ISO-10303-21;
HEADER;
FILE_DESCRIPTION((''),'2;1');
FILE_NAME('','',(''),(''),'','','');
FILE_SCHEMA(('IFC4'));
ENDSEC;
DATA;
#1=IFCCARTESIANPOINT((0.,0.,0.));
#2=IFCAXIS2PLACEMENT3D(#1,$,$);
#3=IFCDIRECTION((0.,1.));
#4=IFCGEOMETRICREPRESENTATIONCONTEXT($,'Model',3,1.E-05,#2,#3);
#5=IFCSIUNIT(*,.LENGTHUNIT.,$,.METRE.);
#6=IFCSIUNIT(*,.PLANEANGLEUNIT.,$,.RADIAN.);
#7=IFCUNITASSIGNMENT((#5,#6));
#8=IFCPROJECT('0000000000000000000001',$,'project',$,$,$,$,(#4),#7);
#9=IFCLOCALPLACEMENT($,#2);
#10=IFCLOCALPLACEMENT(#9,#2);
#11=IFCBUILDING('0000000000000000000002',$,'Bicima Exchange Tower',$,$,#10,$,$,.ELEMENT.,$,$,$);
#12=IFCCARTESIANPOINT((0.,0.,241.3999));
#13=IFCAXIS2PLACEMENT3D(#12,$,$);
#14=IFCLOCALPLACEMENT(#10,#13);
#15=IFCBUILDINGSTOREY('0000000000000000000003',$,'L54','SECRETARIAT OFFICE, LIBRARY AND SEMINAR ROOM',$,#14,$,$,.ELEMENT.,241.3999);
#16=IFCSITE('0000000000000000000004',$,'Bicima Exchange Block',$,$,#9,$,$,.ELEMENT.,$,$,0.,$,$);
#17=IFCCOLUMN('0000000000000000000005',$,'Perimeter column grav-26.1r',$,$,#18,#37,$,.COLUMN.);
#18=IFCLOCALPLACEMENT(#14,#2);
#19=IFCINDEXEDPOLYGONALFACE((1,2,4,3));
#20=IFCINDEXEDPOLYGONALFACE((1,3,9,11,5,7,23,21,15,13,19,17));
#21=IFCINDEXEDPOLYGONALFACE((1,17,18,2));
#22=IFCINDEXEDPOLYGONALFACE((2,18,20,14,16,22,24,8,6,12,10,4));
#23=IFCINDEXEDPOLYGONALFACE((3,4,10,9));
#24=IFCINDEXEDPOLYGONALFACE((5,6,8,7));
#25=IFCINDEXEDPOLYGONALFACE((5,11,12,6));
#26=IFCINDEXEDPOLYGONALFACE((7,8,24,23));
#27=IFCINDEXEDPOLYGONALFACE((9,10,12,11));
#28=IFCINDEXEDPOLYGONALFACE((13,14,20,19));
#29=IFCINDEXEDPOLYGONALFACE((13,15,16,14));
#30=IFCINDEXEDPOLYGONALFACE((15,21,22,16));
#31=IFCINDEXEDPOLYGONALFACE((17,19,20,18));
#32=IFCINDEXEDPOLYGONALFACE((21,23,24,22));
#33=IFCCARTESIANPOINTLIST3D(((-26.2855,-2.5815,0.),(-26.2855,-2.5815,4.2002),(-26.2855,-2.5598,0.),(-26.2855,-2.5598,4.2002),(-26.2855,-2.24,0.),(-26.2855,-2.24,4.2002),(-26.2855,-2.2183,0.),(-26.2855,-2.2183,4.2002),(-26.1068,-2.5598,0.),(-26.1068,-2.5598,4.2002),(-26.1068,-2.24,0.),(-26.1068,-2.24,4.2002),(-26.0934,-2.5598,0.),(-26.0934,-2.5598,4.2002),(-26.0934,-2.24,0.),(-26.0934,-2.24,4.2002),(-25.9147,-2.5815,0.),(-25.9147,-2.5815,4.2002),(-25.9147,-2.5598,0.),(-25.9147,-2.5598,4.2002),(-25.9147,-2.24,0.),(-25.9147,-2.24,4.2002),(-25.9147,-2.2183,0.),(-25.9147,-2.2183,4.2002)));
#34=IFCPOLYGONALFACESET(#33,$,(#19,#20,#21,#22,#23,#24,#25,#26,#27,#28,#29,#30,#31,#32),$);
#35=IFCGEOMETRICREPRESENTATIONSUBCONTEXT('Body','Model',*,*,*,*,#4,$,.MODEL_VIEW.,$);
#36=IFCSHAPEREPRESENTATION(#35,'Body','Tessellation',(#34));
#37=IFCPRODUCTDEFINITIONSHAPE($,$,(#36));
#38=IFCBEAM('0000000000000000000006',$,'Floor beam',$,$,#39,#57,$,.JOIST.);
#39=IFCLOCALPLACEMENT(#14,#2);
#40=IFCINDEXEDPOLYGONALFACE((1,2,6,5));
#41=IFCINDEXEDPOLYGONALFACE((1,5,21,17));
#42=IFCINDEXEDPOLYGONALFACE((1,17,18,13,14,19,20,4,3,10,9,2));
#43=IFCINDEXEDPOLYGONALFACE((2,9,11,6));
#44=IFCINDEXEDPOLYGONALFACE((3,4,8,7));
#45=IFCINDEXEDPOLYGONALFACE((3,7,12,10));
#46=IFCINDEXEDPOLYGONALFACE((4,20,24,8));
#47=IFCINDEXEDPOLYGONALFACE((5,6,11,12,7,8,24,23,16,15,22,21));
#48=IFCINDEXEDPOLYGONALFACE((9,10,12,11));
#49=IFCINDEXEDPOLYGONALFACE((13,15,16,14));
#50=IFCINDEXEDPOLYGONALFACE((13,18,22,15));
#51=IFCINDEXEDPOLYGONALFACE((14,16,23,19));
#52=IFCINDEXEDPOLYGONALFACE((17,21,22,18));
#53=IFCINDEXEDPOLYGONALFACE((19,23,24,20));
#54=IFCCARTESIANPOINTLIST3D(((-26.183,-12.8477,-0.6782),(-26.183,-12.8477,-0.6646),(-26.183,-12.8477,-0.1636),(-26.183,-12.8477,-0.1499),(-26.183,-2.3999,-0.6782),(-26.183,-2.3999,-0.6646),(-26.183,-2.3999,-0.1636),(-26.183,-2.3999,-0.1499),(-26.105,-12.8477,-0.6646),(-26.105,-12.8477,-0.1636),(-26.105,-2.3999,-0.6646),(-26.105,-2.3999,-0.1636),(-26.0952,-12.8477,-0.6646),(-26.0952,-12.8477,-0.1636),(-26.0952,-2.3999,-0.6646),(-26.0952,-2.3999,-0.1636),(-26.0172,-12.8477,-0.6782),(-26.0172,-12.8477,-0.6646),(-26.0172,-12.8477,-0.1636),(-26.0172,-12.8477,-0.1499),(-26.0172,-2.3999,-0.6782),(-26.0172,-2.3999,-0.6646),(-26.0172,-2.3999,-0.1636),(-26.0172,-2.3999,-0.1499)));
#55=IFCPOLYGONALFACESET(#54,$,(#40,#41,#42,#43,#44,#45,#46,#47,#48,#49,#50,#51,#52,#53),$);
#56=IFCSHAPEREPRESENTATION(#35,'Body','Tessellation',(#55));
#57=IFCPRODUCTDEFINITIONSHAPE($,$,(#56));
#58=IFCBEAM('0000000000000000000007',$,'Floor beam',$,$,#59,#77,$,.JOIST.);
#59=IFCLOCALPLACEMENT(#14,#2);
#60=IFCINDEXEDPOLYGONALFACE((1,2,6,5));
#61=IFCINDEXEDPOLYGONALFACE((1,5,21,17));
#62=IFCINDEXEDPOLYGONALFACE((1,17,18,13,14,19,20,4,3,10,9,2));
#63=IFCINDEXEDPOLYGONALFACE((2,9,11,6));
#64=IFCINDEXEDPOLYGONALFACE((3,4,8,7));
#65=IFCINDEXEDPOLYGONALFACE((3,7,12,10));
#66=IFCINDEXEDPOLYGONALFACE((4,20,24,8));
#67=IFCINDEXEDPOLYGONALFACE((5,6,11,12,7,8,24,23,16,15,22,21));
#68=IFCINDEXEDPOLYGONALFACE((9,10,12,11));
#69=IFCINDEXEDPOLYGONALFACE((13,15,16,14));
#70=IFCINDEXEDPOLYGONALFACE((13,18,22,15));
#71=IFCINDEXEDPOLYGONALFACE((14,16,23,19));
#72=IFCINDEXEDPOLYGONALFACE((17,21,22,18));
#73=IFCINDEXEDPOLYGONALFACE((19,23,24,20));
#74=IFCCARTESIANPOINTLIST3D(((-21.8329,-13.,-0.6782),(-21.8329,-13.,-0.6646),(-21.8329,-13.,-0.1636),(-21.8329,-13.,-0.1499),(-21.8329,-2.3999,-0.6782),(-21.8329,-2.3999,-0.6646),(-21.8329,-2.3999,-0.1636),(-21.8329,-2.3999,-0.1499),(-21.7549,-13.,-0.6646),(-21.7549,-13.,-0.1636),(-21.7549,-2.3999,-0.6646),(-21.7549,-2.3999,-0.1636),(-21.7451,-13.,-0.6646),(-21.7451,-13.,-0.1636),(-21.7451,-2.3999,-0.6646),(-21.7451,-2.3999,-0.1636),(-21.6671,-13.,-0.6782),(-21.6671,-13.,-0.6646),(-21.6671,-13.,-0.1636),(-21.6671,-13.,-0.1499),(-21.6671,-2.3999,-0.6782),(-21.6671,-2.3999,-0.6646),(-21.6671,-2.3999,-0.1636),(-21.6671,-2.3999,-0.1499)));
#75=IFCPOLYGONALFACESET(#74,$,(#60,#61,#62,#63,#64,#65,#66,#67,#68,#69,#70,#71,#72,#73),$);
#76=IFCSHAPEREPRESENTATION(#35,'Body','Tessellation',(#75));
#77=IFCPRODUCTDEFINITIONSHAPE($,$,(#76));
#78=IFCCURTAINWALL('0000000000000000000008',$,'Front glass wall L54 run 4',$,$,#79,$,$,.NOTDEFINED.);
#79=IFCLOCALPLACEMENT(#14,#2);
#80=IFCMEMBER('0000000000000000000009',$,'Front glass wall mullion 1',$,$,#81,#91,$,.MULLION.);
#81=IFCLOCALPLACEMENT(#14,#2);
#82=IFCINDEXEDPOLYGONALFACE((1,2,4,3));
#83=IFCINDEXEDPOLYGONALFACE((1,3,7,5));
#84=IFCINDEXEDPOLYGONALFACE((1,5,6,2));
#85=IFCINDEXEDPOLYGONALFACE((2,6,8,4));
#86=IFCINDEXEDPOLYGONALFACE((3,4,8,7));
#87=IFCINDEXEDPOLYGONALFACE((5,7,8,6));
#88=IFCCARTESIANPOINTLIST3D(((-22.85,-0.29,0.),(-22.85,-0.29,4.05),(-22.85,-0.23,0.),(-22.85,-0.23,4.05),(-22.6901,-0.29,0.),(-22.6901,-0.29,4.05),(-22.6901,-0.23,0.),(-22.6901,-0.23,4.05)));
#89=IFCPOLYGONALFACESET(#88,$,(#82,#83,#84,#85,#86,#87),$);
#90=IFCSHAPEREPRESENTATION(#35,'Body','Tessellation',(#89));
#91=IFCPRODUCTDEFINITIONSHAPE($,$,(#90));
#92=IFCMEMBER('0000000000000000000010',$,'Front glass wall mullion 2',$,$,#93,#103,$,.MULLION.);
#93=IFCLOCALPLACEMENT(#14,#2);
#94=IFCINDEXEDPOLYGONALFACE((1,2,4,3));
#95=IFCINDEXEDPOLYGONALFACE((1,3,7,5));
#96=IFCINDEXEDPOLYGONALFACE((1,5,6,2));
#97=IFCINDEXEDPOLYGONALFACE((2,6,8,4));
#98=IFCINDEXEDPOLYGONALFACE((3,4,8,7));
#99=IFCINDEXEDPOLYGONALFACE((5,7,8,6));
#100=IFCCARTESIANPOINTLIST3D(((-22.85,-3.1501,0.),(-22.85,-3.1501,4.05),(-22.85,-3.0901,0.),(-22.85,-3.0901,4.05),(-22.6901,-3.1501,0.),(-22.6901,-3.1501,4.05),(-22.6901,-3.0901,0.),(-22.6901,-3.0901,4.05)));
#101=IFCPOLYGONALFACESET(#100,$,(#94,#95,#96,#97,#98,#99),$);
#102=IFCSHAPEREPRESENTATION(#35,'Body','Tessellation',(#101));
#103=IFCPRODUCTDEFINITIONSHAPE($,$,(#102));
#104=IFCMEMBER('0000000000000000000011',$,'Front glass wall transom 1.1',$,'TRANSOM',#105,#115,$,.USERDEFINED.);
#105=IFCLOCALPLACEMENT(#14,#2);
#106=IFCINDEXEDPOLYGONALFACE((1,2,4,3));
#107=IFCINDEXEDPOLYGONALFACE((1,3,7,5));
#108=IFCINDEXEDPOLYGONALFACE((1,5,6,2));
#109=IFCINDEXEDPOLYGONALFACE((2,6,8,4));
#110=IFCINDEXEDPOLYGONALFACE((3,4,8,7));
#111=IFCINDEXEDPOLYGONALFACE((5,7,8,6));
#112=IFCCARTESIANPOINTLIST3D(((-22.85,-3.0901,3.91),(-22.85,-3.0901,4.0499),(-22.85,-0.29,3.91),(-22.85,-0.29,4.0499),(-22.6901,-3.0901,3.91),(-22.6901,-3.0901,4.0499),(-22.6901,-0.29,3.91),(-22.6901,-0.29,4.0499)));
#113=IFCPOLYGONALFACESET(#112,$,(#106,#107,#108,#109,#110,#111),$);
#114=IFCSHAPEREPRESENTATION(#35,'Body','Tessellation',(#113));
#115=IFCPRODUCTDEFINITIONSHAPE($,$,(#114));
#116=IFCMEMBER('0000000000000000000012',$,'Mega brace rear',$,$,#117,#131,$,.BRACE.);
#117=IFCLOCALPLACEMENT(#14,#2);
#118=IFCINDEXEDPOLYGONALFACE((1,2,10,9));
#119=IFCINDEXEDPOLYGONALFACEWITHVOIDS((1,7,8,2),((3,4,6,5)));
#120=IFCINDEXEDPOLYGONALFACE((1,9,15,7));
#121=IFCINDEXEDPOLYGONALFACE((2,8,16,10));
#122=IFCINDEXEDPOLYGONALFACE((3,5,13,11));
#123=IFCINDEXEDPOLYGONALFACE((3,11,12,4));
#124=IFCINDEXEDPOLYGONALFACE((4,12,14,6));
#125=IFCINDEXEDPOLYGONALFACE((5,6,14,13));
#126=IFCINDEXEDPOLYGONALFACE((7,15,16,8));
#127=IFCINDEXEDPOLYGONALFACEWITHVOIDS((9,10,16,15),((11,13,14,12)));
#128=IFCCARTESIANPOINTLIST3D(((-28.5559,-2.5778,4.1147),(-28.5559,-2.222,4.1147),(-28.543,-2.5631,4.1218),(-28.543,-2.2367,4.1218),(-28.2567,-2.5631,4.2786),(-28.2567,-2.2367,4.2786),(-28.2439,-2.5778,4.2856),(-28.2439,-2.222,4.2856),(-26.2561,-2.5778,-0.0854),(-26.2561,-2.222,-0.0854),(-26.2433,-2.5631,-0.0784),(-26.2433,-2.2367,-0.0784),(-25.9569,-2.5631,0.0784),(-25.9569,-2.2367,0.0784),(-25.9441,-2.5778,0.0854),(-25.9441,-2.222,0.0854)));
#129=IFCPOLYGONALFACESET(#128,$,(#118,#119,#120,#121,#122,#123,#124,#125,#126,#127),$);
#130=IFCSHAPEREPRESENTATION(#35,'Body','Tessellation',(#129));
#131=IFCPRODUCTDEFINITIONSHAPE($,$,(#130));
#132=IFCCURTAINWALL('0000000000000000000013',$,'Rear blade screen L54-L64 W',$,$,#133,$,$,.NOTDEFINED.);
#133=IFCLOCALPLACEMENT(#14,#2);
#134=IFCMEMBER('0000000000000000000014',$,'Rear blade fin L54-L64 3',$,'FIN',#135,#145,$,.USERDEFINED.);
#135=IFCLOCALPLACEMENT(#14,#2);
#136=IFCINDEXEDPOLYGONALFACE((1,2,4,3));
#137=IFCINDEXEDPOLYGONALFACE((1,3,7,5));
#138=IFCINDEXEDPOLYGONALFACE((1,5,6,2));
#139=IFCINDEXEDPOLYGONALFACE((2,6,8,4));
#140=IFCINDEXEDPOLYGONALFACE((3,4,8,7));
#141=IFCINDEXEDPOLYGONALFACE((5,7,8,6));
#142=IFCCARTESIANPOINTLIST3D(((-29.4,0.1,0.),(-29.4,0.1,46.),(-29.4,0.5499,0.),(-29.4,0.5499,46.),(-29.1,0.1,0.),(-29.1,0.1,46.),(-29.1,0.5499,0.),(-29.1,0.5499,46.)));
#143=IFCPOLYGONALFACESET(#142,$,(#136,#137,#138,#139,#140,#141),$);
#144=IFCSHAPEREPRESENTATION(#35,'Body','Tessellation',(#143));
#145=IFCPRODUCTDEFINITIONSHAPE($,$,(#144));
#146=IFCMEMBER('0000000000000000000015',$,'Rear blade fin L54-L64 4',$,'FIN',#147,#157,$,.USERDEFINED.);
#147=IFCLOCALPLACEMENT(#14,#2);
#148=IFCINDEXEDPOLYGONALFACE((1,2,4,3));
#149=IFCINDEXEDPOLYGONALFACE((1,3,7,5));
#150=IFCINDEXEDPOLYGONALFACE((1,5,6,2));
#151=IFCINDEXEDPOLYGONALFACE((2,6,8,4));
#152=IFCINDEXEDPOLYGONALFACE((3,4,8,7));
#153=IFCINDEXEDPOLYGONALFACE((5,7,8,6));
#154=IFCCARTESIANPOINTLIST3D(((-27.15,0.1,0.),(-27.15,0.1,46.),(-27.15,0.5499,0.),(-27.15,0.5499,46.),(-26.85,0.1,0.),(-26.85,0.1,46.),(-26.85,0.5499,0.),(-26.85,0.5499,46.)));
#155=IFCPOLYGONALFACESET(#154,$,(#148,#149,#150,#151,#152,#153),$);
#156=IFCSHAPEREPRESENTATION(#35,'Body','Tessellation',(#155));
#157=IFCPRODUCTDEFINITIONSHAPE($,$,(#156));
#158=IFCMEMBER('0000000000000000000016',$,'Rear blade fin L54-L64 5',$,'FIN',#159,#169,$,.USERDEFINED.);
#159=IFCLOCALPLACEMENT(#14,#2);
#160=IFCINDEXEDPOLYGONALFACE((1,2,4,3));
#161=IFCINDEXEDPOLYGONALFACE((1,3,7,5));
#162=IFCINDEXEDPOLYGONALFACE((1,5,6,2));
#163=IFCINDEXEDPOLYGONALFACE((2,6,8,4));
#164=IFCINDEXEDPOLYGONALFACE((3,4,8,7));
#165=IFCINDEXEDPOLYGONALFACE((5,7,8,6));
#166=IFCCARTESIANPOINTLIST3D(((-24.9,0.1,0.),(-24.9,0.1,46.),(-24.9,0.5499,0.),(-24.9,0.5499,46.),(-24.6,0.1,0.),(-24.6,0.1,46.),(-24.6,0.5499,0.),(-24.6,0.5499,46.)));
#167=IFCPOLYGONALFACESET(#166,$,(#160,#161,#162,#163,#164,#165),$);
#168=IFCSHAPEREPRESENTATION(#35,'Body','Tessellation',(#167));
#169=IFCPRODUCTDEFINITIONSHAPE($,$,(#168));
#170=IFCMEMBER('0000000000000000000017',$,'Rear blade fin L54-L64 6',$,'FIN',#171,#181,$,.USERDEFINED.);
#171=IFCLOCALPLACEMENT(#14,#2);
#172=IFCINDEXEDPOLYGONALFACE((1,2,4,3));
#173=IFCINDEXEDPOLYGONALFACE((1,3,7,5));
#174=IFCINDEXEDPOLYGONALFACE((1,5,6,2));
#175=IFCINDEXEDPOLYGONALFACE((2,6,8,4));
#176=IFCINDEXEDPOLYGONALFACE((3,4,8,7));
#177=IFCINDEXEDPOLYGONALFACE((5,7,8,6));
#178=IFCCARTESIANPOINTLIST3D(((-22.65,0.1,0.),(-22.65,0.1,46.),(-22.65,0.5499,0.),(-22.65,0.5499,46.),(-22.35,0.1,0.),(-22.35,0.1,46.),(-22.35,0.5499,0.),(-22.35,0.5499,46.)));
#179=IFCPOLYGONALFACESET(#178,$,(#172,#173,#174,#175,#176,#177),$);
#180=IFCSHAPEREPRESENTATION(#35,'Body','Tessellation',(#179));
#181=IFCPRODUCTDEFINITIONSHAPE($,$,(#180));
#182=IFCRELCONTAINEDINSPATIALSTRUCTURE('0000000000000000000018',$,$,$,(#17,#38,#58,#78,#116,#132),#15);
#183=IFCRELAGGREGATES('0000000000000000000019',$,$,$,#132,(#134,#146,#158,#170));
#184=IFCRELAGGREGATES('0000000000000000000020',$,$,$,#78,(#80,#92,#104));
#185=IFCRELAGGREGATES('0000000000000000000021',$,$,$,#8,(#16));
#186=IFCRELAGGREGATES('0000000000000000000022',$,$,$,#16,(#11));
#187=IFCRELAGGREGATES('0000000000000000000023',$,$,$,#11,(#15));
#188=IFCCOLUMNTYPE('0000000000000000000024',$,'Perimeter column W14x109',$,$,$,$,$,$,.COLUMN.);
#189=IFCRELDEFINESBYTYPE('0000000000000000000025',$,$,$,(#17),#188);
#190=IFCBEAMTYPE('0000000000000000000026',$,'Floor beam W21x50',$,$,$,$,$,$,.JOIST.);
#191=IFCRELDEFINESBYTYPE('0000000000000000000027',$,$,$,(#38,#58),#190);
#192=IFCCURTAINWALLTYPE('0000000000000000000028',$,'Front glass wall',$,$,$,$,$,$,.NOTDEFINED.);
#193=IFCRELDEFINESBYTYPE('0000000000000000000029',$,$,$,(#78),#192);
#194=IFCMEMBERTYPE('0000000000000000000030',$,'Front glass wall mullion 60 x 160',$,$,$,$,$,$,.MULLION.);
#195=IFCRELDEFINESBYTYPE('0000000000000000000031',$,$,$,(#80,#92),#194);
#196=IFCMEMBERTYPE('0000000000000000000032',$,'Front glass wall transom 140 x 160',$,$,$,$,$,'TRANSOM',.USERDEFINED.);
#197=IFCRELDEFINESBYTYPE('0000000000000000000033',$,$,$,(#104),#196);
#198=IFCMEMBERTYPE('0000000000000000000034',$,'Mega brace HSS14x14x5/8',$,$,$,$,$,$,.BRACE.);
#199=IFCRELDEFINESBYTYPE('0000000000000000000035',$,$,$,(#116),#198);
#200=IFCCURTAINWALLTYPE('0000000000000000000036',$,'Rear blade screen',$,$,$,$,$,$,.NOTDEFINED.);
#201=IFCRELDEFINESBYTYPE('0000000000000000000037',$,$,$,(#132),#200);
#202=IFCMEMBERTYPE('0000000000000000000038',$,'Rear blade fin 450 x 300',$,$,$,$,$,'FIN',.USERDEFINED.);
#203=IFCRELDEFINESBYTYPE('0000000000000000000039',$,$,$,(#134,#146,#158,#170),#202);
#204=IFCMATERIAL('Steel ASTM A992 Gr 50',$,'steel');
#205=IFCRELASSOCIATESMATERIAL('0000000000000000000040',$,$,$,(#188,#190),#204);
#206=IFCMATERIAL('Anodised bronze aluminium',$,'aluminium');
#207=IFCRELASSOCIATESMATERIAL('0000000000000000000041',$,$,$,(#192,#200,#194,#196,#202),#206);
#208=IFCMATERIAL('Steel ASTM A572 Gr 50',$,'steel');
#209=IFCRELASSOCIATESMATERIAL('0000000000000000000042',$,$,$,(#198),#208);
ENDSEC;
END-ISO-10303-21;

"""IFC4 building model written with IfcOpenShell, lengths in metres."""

from ifc_helpers import new_model, si_unit, direction, frame, origin, origin_2d, place, context, subcontext, project, spatial, rectangle, hollow_rectangle, i_section, extrude, material, material_profile, profile_set, type_object, element, aggregate, save


model = new_model("IFC4")

# Units and contexts
model_context = context("Model", 3, precision=1e-05, world=origin(), true_north=direction((0.0, 1.0)))
body_context = subcontext(model_context, "Body", "Model", "MODEL_VIEW")
ifc_project = project(units=[si_unit("LENGTHUNIT", "METRE"), si_unit("PLANEANGLEUNIT", "RADIAN")], contexts=[model_context])

# Site, building, storey
site_placement = place(None, origin())
site = spatial("IfcSite", under=ifc_project, at=site_placement, Name="Bicima Exchange Block", CompositionType="ELEMENT", RefElevation=0.0)
building_placement = place(site_placement, origin())
building = spatial("IfcBuilding", under=site, at=building_placement, Name="Bicima Exchange Tower", CompositionType="ELEMENT")
storey_placement = place(building_placement, frame((0.0, 0.0, 241.3999)))
storey = spatial("IfcBuildingStorey", under=building, at=storey_placement, Name="L54", Description="SECRETARIAT OFFICE, LIBRARY AND SEMINAR ROOM", CompositionType="ELEMENT", Elevation=241.3999)

# Column
ifc_material_1 = material(Name="Steel ASTM A992 Gr 50", Category="steel")
ifc_material_profile_1 = material_profile(ifc_material_1, i_section(OverallWidth=0.3708, OverallDepth=0.3633, WebThickness=0.0134, FlangeThickness=0.0217, at=origin_2d()))
ifc_profile_set_1 = profile_set([ifc_material_profile_1], Name="Steel ASTM A992 Gr 50")
column_type = type_object("IfcColumnType", Name="Perimeter column W14x109", PredefinedType="COLUMN", material=ifc_profile_set_1)
column_placement = place(storey_placement, frame((-26.1001, -2.3999, 0.0), z_axis=(0.0, 0.0, 1.0), x_axis=(1.0, 0.0, 0.0)))
element("IfcColumn", 1, at=column_placement, inside=storey, type_object=column_type, Name="Perimeter column grav-26.1r", PredefinedType="COLUMN", context=body_context, shape_type="SweptSolid", body=[
    extrude(i_section(OverallWidth=0.3708, OverallDepth=0.3633, WebThickness=0.0134, FlangeThickness=0.0217, at=origin_2d()), origin(), (0.0, 0.0, 1.0), 4.2002),
])

# Beams
ifc_material_profile_2 = material_profile(ifc_material_1, i_section(OverallWidth=0.1658, OverallDepth=0.5283, WebThickness=0.0098, FlangeThickness=0.0137, at=origin_2d()))
ifc_profile_set_2 = profile_set([ifc_material_profile_2], Name="Steel ASTM A992 Gr 50")
beam_type = type_object("IfcBeamType", Name="Floor beam W21x50", PredefinedType="JOIST", material=ifc_profile_set_2)
beam_1_placement = place(storey_placement, frame((-26.1001, -2.3999, -0.4141), z_axis=(0.0, -1.0, 0.0), x_axis=(1.0, 0.0, 0.0)))
element("IfcBeam", 2, at=beam_1_placement, inside=storey, type_object=beam_type, Name="Floor beam", PredefinedType="JOIST", context=body_context, shape_type="SweptSolid", body=[
    extrude(i_section(OverallWidth=0.1658, OverallDepth=0.5283, WebThickness=0.0098, FlangeThickness=0.0137, at=origin_2d()), origin(), (0.0, 0.0, 1.0), 10.4478),
])
beam_2_placement = place(storey_placement, frame((-21.75, -2.3999, -0.4141), z_axis=(0.0, -1.0, 0.0), x_axis=(1.0, 0.0, 0.0)))
element("IfcBeam", 3, at=beam_2_placement, inside=storey, type_object=beam_type, Name="Floor beam", PredefinedType="JOIST", context=body_context, shape_type="SweptSolid", body=[
    extrude(i_section(OverallWidth=0.1658, OverallDepth=0.5283, WebThickness=0.0098, FlangeThickness=0.0137, at=origin_2d()), origin(), (0.0, 0.0, 1.0), 10.6001),
])

# Curtain wall, members
ifc_material_2 = material(Name="Anodised bronze aluminium", Category="aluminium")
curtain_wall_type_1 = type_object("IfcCurtainWallType", Name="Front glass wall", PredefinedType="NOTDEFINED", material=ifc_material_2)
curtain_wall_1_placement = place(storey_placement, origin())
curtain_wall_1 = element("IfcCurtainWall", 4, at=curtain_wall_1_placement, inside=storey, type_object=curtain_wall_type_1, Name="Front glass wall L54 run 4", PredefinedType="NOTDEFINED")
ifc_material_profile_3 = material_profile(ifc_material_2, rectangle(XDim=0.1599, YDim=0.0601, at=origin_2d()))
ifc_profile_set_3 = profile_set([ifc_material_profile_3], Name="Anodised bronze aluminium")
member_type_1 = type_object("IfcMemberType", Name="Front glass wall mullion 60 x 160", PredefinedType="MULLION", material=ifc_profile_set_3)
member_1_placement = place(storey_placement, frame((-22.77, -0.26, 0.0), z_axis=(0.0, 0.0, 1.0), x_axis=(1.0, 0.0, 0.0)))
member_1 = element("IfcMember", 5, at=member_1_placement, type_object=member_type_1, Name="Front glass wall mullion 1", PredefinedType="MULLION", context=body_context, shape_type="SweptSolid", body=[
    extrude(rectangle(XDim=0.1599, YDim=0.0601, at=origin_2d()), origin(), (0.0, 0.0, 1.0), 4.05),
])
member_2_placement = place(storey_placement, frame((-22.77, -3.1201, 0.0), z_axis=(0.0, 0.0, 1.0), x_axis=(1.0, 0.0, 0.0)))
member_2 = element("IfcMember", 6, at=member_2_placement, type_object=member_type_1, Name="Front glass wall mullion 2", PredefinedType="MULLION", context=body_context, shape_type="SweptSolid", body=[
    extrude(rectangle(XDim=0.1599, YDim=0.0601, at=origin_2d()), origin(), (0.0, 0.0, 1.0), 4.05),
])
ifc_material_profile_4 = material_profile(ifc_material_2, rectangle(XDim=0.1599, YDim=0.1399, at=origin_2d()))
ifc_profile_set_4 = profile_set([ifc_material_profile_4], Name="Anodised bronze aluminium")
member_type_2 = type_object("IfcMemberType", Name="Front glass wall transom 140 x 160", ElementType="TRANSOM", PredefinedType="USERDEFINED", material=ifc_profile_set_4)
member_3_placement = place(storey_placement, frame((-22.77, -0.29, 3.98), z_axis=(0.0, -1.0, 0.0), x_axis=(1.0, 0.0, 0.0)))
member_3 = element("IfcMember", 7, at=member_3_placement, type_object=member_type_2, Name="Front glass wall transom 1.1", ObjectType="TRANSOM", PredefinedType="USERDEFINED", context=body_context, shape_type="SweptSolid", body=[
    extrude(rectangle(XDim=0.1599, YDim=0.1399, at=origin_2d()), origin(), (0.0, 0.0, 1.0), 2.8),
])

# Member
ifc_material_3 = material(Name="Steel ASTM A572 Gr 50", Category="steel")
ifc_material_profile_5 = material_profile(ifc_material_3, hollow_rectangle(XDim=0.3557, YDim=0.3557, WallThickness=0.0146, at=origin_2d()))
ifc_profile_set_5 = profile_set([ifc_material_profile_5], Name="Steel ASTM A572 Gr 50")
member_type_3 = type_object("IfcMemberType", Name="Mega brace HSS14x14x5/8", PredefinedType="BRACE", material=ifc_profile_set_5)
member_4_placement = place(storey_placement, frame((-26.1001, -2.3999, 0.0), z_axis=(-0.480266, 0.0, 0.877123), x_axis=(0.0, -1.0, 0.0)))
element("IfcMember", 8, at=member_4_placement, inside=storey, type_object=member_type_3, Name="Mega brace rear", PredefinedType="BRACE", context=body_context, shape_type="SweptSolid", body=[
    extrude(hollow_rectangle(XDim=0.3557, YDim=0.3557, WallThickness=0.0146, at=origin_2d()), origin(), (0.0, 0.0, 1.0), 4.7886),
])

# Curtain wall, members
curtain_wall_type_2 = type_object("IfcCurtainWallType", Name="Rear blade screen", PredefinedType="NOTDEFINED", material=ifc_material_2)
curtain_wall_2_placement = place(storey_placement, origin())
curtain_wall_2 = element("IfcCurtainWall", 9, at=curtain_wall_2_placement, inside=storey, type_object=curtain_wall_type_2, Name="Rear blade screen L54-L64 W", PredefinedType="NOTDEFINED")
ifc_material_profile_6 = material_profile(ifc_material_2, rectangle(XDim=0.45, YDim=0.3, at=origin_2d()))
ifc_profile_set_6 = profile_set([ifc_material_profile_6], Name="Anodised bronze aluminium")
member_type_4 = type_object("IfcMemberType", Name="Rear blade fin 450 x 300", ElementType="FIN", PredefinedType="USERDEFINED", material=ifc_profile_set_6)
member_5_placement = place(storey_placement, frame((-29.25, 0.325, 0.0), z_axis=(0.0, 0.0, 1.0), x_axis=(0.0, 1.0, 0.0)))
member_5 = element("IfcMember", 10, at=member_5_placement, type_object=member_type_4, Name="Rear blade fin L54-L64 3", ObjectType="FIN", PredefinedType="USERDEFINED", context=body_context, shape_type="SweptSolid", body=[
    extrude(rectangle(XDim=0.45, YDim=0.3, at=origin_2d()), origin(), (0.0, 0.0, 1.0), 46.0),
])
member_6_placement = place(storey_placement, frame((-27.0, 0.325, 0.0), z_axis=(0.0, 0.0, 1.0), x_axis=(0.0, 1.0, 0.0)))
member_6 = element("IfcMember", 11, at=member_6_placement, type_object=member_type_4, Name="Rear blade fin L54-L64 4", ObjectType="FIN", PredefinedType="USERDEFINED", context=body_context, shape_type="SweptSolid", body=[
    extrude(rectangle(XDim=0.45, YDim=0.3, at=origin_2d()), origin(), (0.0, 0.0, 1.0), 46.0),
])
member_7_placement = place(storey_placement, frame((-24.75, 0.325, 0.0), z_axis=(0.0, 0.0, 1.0), x_axis=(0.0, 1.0, 0.0)))
member_7 = element("IfcMember", 12, at=member_7_placement, type_object=member_type_4, Name="Rear blade fin L54-L64 5", ObjectType="FIN", PredefinedType="USERDEFINED", context=body_context, shape_type="SweptSolid", body=[
    extrude(rectangle(XDim=0.45, YDim=0.3, at=origin_2d()), origin(), (0.0, 0.0, 1.0), 46.0),
])
member_8_placement = place(storey_placement, frame((-22.5, 0.325, 0.0), z_axis=(0.0, 0.0, 1.0), x_axis=(0.0, 1.0, 0.0)))
member_8 = element("IfcMember", 13, at=member_8_placement, type_object=member_type_4, Name="Rear blade fin L54-L64 6", ObjectType="FIN", PredefinedType="USERDEFINED", context=body_context, shape_type="SweptSolid", body=[
    extrude(rectangle(XDim=0.45, YDim=0.3, at=origin_2d()), origin(), (0.0, 0.0, 1.0), 46.0),
])
aggregate(curtain_wall_2, [member_5, member_6, member_7, member_8])

aggregate(curtain_wall_1, [member_1, member_2, member_3])

save(model, "model.ifc")
